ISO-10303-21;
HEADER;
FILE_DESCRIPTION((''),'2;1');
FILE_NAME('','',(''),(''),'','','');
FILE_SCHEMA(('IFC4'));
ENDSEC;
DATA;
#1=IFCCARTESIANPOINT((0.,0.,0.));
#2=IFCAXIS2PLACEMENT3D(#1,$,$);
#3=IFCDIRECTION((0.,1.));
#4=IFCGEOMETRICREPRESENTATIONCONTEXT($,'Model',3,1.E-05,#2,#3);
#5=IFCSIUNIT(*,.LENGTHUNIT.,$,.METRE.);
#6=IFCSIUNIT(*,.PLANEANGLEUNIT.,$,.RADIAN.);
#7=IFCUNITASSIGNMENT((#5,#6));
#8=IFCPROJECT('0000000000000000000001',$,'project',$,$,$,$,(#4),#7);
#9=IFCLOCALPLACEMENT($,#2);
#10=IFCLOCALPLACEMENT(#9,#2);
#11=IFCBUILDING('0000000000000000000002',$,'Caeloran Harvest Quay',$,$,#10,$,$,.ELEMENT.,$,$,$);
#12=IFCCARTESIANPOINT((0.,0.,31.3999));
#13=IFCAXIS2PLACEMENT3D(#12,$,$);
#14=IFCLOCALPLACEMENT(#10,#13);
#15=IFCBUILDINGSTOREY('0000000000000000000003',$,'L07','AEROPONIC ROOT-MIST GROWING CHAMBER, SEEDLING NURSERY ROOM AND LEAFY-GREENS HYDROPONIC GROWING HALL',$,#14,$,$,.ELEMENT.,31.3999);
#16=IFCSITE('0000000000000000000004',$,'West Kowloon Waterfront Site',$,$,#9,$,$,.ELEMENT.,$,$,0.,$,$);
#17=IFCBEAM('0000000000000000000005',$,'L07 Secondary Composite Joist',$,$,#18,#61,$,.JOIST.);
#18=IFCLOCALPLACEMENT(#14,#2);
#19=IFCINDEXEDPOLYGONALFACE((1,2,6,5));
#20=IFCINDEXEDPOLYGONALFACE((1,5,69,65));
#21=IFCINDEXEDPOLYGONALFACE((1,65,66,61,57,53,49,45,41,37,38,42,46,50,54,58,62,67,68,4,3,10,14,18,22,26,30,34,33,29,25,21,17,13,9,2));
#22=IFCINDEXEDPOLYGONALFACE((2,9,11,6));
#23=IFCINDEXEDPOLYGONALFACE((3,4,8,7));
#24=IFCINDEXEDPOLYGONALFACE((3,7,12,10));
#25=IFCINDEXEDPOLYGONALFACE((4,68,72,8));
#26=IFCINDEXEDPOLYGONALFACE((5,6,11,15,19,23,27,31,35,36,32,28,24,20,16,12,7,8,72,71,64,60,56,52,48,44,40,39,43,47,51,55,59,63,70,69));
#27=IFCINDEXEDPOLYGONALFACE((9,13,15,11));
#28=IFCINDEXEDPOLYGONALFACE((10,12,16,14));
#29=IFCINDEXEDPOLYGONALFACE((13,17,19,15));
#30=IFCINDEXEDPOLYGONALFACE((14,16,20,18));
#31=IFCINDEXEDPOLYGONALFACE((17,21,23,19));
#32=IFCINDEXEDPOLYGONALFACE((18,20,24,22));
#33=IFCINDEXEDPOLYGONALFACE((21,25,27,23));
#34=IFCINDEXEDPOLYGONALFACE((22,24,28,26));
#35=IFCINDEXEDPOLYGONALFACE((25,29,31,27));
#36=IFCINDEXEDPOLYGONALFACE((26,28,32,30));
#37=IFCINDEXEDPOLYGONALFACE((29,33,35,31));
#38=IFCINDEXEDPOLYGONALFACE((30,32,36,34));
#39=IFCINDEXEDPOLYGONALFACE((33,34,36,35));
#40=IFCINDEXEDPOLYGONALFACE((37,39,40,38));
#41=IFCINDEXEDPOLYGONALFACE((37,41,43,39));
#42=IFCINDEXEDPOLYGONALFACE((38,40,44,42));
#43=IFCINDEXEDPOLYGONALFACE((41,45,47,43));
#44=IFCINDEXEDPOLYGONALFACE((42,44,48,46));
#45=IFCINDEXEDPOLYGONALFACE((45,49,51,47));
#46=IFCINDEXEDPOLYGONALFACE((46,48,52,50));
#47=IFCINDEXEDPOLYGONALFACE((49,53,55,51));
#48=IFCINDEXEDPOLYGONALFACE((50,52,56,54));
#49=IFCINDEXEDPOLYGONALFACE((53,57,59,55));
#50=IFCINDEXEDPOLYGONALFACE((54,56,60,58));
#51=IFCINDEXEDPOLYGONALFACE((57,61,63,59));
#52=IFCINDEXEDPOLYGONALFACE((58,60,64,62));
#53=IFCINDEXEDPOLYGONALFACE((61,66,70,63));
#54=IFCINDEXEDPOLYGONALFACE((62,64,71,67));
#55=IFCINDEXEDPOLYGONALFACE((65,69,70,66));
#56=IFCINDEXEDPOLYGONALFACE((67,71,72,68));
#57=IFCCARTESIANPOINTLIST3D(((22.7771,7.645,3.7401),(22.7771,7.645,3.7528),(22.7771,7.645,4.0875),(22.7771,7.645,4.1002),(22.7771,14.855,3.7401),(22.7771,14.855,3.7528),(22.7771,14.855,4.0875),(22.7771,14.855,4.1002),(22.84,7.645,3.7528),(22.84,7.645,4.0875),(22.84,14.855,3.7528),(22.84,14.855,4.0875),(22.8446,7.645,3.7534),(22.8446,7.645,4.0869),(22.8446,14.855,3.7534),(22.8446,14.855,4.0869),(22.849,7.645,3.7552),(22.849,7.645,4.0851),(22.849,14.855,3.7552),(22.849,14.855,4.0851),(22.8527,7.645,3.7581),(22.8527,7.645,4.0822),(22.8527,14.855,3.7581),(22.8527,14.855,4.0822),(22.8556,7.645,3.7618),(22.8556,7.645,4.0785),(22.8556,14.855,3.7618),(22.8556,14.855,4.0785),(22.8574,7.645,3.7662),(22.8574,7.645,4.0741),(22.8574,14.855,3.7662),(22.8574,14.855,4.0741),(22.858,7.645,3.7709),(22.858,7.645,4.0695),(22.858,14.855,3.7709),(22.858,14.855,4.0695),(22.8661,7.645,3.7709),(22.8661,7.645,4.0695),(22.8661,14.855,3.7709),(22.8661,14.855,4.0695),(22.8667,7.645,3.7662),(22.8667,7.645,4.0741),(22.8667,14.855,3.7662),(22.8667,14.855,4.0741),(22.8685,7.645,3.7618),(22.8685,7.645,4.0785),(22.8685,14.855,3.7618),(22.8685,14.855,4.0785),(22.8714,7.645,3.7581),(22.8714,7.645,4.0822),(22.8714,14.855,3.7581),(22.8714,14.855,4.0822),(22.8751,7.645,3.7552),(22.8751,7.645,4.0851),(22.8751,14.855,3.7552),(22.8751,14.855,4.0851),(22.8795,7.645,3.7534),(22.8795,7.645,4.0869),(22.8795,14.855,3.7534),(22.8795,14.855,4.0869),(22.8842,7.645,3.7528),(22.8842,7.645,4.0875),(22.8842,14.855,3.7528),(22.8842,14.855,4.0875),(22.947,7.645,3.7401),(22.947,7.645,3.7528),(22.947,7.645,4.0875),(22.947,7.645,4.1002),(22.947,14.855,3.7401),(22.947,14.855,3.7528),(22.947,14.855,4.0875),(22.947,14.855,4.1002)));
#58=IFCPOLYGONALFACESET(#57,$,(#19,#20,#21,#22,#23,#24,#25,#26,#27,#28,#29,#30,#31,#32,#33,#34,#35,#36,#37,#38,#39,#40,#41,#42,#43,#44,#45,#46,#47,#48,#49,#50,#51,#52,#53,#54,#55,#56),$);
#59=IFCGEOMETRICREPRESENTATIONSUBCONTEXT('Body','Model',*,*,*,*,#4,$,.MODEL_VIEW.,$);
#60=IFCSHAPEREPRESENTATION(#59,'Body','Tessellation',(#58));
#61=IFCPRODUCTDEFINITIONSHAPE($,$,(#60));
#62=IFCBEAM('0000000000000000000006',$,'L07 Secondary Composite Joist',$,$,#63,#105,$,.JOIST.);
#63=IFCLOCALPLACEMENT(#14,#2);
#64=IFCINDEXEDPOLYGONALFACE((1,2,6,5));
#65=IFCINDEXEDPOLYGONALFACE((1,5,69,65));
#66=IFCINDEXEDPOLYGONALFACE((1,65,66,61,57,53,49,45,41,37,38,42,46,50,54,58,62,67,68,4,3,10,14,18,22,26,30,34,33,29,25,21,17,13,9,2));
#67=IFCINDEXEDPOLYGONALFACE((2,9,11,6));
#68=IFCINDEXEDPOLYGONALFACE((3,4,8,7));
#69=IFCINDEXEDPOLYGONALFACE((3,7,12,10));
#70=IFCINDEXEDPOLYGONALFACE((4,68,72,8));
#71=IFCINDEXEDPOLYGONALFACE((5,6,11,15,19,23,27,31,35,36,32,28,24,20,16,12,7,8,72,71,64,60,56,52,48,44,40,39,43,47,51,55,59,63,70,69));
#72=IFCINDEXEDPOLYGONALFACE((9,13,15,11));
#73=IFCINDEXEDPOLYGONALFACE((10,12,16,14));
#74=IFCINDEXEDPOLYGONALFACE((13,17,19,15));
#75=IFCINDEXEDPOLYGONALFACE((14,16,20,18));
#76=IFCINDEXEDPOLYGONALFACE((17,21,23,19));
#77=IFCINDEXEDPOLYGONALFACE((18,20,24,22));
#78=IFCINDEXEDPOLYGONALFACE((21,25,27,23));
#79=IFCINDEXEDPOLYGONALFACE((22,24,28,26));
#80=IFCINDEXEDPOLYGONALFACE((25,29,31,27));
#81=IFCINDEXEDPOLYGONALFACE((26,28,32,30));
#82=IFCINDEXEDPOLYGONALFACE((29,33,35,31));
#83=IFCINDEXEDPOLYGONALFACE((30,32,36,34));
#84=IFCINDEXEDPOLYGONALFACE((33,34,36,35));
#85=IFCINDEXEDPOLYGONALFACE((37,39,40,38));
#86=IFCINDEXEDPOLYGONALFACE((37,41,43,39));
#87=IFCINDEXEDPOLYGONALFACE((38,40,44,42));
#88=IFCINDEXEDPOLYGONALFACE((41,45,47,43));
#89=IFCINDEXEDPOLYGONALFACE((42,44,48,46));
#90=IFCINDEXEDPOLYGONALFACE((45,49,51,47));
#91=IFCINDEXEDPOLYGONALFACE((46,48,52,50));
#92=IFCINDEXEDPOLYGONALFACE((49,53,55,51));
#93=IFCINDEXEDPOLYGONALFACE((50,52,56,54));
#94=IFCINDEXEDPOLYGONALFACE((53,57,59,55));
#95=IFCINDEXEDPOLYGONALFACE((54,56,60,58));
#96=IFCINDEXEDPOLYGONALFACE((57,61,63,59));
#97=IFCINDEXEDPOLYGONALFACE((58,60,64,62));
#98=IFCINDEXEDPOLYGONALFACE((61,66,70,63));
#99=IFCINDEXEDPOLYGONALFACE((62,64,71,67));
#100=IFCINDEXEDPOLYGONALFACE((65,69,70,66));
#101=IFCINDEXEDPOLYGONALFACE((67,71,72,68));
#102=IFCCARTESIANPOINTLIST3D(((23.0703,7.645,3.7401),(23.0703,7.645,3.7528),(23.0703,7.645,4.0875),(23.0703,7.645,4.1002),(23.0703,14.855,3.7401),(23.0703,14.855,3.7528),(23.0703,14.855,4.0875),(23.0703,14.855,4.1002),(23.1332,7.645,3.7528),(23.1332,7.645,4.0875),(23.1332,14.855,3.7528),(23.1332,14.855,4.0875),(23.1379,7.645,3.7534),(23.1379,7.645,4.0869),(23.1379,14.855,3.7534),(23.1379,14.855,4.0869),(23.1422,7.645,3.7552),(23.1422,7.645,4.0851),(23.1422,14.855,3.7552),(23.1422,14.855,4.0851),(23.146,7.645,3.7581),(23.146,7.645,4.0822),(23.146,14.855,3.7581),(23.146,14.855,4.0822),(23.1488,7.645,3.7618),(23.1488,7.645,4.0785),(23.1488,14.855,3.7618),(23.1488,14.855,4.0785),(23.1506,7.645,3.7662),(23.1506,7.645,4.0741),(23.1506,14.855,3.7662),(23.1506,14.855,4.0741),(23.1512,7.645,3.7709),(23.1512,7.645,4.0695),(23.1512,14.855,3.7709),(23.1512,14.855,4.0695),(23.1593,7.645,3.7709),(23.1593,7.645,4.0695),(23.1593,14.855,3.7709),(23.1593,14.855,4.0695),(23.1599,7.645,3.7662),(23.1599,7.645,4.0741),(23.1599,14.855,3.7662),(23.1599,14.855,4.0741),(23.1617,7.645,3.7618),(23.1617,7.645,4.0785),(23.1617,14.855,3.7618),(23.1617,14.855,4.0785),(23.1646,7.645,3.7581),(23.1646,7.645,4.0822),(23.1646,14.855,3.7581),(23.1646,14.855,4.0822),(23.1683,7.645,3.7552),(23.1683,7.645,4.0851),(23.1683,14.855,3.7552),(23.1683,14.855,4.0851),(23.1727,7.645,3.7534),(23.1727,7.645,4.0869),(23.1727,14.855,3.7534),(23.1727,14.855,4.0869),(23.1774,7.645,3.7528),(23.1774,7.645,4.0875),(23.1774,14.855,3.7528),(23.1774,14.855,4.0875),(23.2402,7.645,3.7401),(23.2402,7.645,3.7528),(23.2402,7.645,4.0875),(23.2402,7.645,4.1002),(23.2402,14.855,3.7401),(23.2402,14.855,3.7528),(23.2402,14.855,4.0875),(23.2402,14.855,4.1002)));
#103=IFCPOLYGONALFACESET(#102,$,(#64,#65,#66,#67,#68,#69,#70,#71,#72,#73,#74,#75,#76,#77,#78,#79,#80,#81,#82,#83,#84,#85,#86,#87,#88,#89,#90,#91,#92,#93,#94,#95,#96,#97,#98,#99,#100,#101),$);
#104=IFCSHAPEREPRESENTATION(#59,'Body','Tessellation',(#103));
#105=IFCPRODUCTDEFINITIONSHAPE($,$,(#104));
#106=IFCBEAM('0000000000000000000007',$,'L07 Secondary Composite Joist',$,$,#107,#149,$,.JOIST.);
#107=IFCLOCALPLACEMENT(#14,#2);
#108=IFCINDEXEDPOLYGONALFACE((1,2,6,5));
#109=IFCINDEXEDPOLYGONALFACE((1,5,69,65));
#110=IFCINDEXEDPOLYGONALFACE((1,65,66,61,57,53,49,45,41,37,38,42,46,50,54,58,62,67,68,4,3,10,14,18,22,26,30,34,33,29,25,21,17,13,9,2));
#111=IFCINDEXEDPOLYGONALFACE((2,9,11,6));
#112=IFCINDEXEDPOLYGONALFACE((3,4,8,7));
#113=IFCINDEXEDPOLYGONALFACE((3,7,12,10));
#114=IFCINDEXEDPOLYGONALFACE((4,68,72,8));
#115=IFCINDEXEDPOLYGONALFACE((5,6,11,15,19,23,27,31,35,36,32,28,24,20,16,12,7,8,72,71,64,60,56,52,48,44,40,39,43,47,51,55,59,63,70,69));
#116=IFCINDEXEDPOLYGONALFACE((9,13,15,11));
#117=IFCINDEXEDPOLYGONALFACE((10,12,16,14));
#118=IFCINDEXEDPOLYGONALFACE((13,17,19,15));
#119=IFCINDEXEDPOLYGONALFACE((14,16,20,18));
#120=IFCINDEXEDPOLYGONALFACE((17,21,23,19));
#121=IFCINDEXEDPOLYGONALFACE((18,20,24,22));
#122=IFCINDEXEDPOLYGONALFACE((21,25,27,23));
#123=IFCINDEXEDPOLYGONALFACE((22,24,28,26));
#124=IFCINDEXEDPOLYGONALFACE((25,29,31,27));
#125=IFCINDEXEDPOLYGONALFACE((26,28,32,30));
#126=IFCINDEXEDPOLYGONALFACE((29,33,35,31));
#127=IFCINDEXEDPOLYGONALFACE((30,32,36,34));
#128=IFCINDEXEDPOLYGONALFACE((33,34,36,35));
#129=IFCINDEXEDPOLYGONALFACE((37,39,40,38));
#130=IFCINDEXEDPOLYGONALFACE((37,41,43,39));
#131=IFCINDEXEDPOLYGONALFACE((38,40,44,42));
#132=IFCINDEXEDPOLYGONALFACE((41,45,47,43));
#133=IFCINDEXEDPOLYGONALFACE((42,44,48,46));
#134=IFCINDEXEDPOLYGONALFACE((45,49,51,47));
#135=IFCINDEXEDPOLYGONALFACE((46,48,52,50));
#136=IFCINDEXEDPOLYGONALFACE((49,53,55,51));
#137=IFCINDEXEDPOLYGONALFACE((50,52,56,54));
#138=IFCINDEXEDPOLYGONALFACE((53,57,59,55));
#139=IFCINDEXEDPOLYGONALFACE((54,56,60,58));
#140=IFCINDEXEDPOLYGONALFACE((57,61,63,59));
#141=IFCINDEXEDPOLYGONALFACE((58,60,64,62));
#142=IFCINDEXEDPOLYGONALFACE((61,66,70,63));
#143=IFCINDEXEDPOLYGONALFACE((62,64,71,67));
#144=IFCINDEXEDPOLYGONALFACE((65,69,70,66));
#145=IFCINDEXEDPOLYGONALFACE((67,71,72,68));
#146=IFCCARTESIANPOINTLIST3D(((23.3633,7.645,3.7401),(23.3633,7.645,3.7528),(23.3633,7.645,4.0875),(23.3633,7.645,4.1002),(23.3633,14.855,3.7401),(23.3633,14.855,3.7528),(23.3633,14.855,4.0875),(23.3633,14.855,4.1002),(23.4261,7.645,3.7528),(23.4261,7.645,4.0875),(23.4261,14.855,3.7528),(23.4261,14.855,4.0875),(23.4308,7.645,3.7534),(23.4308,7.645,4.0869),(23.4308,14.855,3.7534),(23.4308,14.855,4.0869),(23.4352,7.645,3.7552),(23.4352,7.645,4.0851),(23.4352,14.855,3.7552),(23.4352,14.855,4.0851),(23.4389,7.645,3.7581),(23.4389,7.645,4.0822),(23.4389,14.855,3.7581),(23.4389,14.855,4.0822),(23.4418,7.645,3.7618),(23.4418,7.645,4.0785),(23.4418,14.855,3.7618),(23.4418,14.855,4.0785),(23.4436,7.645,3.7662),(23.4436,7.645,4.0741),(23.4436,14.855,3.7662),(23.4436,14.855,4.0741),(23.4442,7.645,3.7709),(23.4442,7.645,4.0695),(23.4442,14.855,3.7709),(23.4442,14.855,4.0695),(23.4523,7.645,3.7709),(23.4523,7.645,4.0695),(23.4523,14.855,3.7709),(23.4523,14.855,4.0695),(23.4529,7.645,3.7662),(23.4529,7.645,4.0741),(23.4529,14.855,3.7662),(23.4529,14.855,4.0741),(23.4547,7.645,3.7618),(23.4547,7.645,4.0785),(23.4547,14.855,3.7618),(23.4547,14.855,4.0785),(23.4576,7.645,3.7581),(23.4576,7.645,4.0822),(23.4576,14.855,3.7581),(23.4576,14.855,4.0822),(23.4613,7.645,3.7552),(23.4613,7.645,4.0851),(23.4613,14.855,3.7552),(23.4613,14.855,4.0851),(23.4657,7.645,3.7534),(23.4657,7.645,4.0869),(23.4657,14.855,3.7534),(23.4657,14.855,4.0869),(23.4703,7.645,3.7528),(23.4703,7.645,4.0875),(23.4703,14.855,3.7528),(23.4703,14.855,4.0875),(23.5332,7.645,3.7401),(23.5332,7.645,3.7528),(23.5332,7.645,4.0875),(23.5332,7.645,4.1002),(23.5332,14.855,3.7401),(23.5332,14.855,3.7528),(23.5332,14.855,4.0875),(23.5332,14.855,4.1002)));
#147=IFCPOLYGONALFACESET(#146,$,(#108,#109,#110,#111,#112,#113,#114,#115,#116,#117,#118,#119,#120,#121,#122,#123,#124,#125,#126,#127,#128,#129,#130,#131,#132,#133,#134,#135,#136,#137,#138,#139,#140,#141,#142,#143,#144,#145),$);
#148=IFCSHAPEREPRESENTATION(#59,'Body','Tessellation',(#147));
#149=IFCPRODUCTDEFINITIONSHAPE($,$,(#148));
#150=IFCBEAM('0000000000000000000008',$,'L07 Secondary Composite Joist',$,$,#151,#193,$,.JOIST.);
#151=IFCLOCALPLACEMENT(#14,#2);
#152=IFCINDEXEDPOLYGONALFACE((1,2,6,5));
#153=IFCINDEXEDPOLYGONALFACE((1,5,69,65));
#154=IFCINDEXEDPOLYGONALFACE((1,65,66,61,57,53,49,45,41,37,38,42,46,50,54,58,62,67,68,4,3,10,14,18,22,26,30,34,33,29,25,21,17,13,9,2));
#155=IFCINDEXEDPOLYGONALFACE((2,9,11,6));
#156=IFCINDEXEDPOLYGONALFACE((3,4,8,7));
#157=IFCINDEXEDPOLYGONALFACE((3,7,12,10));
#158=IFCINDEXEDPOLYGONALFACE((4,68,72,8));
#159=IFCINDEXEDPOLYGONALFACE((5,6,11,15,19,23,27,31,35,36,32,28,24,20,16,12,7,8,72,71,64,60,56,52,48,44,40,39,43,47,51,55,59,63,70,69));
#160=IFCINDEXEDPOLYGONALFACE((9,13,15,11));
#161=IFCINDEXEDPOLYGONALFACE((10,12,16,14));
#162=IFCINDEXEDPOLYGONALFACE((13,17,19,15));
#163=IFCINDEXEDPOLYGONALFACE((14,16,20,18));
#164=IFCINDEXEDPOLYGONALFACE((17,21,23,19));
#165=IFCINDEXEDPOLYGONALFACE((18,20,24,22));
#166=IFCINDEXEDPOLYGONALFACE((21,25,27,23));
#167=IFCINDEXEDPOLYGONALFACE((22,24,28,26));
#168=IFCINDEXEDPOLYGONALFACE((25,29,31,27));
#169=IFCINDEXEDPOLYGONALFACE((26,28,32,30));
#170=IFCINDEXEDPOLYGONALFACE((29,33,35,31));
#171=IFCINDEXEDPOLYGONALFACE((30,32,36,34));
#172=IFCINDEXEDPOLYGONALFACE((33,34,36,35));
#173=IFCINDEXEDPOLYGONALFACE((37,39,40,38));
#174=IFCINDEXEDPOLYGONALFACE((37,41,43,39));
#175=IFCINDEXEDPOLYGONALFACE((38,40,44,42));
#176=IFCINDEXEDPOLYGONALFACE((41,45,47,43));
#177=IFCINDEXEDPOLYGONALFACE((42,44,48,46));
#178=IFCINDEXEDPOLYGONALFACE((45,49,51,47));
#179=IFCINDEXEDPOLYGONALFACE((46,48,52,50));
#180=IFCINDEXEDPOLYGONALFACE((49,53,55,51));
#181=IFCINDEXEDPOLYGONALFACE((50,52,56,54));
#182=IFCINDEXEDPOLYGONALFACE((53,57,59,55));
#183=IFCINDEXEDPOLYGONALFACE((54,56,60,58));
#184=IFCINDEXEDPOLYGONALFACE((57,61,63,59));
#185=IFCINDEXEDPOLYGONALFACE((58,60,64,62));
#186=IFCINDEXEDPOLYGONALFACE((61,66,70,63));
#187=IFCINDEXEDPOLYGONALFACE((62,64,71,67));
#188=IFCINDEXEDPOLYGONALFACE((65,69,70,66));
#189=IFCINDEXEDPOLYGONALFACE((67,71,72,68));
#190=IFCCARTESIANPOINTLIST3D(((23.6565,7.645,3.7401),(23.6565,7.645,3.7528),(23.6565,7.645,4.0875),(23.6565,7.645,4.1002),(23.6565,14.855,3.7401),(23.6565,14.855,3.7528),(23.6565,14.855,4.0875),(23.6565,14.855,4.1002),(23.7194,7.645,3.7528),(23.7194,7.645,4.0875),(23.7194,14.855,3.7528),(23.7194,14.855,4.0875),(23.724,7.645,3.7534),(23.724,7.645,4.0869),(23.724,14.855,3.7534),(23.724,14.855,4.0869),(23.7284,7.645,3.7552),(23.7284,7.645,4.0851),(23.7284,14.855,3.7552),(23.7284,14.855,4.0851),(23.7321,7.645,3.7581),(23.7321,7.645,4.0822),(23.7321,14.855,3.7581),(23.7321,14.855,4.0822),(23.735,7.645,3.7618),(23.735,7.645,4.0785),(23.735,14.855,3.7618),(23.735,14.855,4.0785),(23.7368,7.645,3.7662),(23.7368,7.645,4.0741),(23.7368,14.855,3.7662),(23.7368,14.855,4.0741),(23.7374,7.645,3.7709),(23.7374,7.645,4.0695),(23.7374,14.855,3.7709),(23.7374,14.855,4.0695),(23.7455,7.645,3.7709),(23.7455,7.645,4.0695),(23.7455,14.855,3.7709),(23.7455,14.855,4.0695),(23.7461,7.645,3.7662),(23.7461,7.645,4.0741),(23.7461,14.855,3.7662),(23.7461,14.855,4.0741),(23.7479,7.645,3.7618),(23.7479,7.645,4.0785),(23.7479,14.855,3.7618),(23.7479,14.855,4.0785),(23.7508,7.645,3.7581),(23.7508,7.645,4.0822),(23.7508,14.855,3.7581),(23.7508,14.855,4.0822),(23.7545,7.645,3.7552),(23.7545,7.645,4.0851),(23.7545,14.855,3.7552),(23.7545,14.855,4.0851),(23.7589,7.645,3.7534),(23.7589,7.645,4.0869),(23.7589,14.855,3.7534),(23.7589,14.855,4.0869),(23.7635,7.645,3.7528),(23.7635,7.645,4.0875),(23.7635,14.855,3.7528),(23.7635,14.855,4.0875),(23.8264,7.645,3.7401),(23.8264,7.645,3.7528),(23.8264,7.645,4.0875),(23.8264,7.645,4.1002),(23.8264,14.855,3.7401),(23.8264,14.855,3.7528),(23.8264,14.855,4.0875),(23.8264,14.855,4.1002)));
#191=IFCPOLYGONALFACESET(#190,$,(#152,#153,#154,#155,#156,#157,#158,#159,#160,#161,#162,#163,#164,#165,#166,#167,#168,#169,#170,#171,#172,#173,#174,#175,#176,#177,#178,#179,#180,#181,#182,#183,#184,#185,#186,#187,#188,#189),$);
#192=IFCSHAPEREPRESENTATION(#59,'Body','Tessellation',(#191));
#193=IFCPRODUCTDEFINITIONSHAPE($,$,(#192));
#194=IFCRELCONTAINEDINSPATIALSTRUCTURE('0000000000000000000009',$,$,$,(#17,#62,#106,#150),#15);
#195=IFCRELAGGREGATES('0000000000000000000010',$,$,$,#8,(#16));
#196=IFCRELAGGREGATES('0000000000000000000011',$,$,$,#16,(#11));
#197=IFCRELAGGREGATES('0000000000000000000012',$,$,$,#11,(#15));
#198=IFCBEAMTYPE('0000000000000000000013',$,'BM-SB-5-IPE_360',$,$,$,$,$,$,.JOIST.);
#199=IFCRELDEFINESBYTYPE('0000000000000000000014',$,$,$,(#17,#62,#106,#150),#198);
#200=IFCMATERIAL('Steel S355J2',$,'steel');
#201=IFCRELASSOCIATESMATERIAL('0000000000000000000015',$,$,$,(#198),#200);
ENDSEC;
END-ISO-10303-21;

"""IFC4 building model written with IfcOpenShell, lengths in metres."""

from ifc_helpers import new_model, si_unit, direction, frame, origin, origin_2d, place, context, subcontext, project, spatial, i_section, extrude, material, material_profile, profile_set, type_object, element, save


model = new_model("IFC4")

# Units and contexts
model_context = context("Model", 3, precision=1e-05, world=origin(), true_north=direction((0.0, 1.0)))
body_context = subcontext(model_context, "Body", "Model", "MODEL_VIEW")
ifc_project = project(units=[si_unit("LENGTHUNIT", "METRE"), si_unit("PLANEANGLEUNIT", "RADIAN")], contexts=[model_context])

# Site, building, storey
site_placement = place(None, origin())
site = spatial("IfcSite", under=ifc_project, at=site_placement, Name="West Kowloon Waterfront Site", CompositionType="ELEMENT", RefElevation=0.0)
building_placement = place(site_placement, origin())
building = spatial("IfcBuilding", under=site, at=building_placement, Name="Caeloran Harvest Quay", CompositionType="ELEMENT")
storey_placement = place(building_placement, frame((0.0, 0.0, 31.3999)))
storey = spatial("IfcBuildingStorey", under=building, at=storey_placement, Name="L07", Description="AEROPONIC ROOT-MIST GROWING CHAMBER, SEEDLING NURSERY ROOM AND LEAFY-GREENS HYDROPONIC GROWING HALL", CompositionType="ELEMENT", Elevation=31.3999)

# Beams
ifc_material_1 = material(Name="Steel S355J2", Category="steel")
ifc_material_profile_1 = material_profile(ifc_material_1, i_section(OverallWidth=0.1699, OverallDepth=0.3601, WebThickness=0.0081, FlangeThickness=0.0127, FilletRadius=0.0181, at=origin_2d()), Name="IPE 360")
ifc_profile_set_1 = profile_set([ifc_material_profile_1], Name="Steel S355J2")
beam_type_1 = type_object("IfcBeamType", Name="BM-SB-5-IPE_360", PredefinedType="JOIST", material=ifc_profile_set_1)
for number, where, z_axis, x_axis, name in (
    (1, (22.8621, 7.645, 3.9202), (0.0, 1.0, 0.0), (-1.0, 0.0, 0.0), "L07 Secondary Composite Joist"),
    (2, (23.1553, 7.645, 3.9202), (0.0, 1.0, 0.0), (-1.0, 0.0, 0.0), "L07 Secondary Composite Joist"),
    (3, (23.4482, 7.645, 3.9202), (0.0, 1.0, 0.0), (-1.0, 0.0, 0.0), "L07 Secondary Composite Joist"),
    (4, (23.7415, 7.645, 3.9202), (0.0, 1.0, 0.0), (-1.0, 0.0, 0.0), "L07 Secondary Composite Joist"),
):
    element("IfcBeam", number, at=place(storey_placement, frame(where, z_axis=z_axis, x_axis=x_axis)), inside=storey, type_object=beam_type_1, Name=name, PredefinedType="JOIST", context=body_context, shape_type="SweptSolid", body=[
        extrude(i_section(OverallWidth=0.1699, OverallDepth=0.3601, WebThickness=0.0081, FlangeThickness=0.0127, FilletRadius=0.0181, at=origin_2d()), origin(), (0.0, 0.0, 1.0), 7.21),
    ])

save(model, "model.ifc")
